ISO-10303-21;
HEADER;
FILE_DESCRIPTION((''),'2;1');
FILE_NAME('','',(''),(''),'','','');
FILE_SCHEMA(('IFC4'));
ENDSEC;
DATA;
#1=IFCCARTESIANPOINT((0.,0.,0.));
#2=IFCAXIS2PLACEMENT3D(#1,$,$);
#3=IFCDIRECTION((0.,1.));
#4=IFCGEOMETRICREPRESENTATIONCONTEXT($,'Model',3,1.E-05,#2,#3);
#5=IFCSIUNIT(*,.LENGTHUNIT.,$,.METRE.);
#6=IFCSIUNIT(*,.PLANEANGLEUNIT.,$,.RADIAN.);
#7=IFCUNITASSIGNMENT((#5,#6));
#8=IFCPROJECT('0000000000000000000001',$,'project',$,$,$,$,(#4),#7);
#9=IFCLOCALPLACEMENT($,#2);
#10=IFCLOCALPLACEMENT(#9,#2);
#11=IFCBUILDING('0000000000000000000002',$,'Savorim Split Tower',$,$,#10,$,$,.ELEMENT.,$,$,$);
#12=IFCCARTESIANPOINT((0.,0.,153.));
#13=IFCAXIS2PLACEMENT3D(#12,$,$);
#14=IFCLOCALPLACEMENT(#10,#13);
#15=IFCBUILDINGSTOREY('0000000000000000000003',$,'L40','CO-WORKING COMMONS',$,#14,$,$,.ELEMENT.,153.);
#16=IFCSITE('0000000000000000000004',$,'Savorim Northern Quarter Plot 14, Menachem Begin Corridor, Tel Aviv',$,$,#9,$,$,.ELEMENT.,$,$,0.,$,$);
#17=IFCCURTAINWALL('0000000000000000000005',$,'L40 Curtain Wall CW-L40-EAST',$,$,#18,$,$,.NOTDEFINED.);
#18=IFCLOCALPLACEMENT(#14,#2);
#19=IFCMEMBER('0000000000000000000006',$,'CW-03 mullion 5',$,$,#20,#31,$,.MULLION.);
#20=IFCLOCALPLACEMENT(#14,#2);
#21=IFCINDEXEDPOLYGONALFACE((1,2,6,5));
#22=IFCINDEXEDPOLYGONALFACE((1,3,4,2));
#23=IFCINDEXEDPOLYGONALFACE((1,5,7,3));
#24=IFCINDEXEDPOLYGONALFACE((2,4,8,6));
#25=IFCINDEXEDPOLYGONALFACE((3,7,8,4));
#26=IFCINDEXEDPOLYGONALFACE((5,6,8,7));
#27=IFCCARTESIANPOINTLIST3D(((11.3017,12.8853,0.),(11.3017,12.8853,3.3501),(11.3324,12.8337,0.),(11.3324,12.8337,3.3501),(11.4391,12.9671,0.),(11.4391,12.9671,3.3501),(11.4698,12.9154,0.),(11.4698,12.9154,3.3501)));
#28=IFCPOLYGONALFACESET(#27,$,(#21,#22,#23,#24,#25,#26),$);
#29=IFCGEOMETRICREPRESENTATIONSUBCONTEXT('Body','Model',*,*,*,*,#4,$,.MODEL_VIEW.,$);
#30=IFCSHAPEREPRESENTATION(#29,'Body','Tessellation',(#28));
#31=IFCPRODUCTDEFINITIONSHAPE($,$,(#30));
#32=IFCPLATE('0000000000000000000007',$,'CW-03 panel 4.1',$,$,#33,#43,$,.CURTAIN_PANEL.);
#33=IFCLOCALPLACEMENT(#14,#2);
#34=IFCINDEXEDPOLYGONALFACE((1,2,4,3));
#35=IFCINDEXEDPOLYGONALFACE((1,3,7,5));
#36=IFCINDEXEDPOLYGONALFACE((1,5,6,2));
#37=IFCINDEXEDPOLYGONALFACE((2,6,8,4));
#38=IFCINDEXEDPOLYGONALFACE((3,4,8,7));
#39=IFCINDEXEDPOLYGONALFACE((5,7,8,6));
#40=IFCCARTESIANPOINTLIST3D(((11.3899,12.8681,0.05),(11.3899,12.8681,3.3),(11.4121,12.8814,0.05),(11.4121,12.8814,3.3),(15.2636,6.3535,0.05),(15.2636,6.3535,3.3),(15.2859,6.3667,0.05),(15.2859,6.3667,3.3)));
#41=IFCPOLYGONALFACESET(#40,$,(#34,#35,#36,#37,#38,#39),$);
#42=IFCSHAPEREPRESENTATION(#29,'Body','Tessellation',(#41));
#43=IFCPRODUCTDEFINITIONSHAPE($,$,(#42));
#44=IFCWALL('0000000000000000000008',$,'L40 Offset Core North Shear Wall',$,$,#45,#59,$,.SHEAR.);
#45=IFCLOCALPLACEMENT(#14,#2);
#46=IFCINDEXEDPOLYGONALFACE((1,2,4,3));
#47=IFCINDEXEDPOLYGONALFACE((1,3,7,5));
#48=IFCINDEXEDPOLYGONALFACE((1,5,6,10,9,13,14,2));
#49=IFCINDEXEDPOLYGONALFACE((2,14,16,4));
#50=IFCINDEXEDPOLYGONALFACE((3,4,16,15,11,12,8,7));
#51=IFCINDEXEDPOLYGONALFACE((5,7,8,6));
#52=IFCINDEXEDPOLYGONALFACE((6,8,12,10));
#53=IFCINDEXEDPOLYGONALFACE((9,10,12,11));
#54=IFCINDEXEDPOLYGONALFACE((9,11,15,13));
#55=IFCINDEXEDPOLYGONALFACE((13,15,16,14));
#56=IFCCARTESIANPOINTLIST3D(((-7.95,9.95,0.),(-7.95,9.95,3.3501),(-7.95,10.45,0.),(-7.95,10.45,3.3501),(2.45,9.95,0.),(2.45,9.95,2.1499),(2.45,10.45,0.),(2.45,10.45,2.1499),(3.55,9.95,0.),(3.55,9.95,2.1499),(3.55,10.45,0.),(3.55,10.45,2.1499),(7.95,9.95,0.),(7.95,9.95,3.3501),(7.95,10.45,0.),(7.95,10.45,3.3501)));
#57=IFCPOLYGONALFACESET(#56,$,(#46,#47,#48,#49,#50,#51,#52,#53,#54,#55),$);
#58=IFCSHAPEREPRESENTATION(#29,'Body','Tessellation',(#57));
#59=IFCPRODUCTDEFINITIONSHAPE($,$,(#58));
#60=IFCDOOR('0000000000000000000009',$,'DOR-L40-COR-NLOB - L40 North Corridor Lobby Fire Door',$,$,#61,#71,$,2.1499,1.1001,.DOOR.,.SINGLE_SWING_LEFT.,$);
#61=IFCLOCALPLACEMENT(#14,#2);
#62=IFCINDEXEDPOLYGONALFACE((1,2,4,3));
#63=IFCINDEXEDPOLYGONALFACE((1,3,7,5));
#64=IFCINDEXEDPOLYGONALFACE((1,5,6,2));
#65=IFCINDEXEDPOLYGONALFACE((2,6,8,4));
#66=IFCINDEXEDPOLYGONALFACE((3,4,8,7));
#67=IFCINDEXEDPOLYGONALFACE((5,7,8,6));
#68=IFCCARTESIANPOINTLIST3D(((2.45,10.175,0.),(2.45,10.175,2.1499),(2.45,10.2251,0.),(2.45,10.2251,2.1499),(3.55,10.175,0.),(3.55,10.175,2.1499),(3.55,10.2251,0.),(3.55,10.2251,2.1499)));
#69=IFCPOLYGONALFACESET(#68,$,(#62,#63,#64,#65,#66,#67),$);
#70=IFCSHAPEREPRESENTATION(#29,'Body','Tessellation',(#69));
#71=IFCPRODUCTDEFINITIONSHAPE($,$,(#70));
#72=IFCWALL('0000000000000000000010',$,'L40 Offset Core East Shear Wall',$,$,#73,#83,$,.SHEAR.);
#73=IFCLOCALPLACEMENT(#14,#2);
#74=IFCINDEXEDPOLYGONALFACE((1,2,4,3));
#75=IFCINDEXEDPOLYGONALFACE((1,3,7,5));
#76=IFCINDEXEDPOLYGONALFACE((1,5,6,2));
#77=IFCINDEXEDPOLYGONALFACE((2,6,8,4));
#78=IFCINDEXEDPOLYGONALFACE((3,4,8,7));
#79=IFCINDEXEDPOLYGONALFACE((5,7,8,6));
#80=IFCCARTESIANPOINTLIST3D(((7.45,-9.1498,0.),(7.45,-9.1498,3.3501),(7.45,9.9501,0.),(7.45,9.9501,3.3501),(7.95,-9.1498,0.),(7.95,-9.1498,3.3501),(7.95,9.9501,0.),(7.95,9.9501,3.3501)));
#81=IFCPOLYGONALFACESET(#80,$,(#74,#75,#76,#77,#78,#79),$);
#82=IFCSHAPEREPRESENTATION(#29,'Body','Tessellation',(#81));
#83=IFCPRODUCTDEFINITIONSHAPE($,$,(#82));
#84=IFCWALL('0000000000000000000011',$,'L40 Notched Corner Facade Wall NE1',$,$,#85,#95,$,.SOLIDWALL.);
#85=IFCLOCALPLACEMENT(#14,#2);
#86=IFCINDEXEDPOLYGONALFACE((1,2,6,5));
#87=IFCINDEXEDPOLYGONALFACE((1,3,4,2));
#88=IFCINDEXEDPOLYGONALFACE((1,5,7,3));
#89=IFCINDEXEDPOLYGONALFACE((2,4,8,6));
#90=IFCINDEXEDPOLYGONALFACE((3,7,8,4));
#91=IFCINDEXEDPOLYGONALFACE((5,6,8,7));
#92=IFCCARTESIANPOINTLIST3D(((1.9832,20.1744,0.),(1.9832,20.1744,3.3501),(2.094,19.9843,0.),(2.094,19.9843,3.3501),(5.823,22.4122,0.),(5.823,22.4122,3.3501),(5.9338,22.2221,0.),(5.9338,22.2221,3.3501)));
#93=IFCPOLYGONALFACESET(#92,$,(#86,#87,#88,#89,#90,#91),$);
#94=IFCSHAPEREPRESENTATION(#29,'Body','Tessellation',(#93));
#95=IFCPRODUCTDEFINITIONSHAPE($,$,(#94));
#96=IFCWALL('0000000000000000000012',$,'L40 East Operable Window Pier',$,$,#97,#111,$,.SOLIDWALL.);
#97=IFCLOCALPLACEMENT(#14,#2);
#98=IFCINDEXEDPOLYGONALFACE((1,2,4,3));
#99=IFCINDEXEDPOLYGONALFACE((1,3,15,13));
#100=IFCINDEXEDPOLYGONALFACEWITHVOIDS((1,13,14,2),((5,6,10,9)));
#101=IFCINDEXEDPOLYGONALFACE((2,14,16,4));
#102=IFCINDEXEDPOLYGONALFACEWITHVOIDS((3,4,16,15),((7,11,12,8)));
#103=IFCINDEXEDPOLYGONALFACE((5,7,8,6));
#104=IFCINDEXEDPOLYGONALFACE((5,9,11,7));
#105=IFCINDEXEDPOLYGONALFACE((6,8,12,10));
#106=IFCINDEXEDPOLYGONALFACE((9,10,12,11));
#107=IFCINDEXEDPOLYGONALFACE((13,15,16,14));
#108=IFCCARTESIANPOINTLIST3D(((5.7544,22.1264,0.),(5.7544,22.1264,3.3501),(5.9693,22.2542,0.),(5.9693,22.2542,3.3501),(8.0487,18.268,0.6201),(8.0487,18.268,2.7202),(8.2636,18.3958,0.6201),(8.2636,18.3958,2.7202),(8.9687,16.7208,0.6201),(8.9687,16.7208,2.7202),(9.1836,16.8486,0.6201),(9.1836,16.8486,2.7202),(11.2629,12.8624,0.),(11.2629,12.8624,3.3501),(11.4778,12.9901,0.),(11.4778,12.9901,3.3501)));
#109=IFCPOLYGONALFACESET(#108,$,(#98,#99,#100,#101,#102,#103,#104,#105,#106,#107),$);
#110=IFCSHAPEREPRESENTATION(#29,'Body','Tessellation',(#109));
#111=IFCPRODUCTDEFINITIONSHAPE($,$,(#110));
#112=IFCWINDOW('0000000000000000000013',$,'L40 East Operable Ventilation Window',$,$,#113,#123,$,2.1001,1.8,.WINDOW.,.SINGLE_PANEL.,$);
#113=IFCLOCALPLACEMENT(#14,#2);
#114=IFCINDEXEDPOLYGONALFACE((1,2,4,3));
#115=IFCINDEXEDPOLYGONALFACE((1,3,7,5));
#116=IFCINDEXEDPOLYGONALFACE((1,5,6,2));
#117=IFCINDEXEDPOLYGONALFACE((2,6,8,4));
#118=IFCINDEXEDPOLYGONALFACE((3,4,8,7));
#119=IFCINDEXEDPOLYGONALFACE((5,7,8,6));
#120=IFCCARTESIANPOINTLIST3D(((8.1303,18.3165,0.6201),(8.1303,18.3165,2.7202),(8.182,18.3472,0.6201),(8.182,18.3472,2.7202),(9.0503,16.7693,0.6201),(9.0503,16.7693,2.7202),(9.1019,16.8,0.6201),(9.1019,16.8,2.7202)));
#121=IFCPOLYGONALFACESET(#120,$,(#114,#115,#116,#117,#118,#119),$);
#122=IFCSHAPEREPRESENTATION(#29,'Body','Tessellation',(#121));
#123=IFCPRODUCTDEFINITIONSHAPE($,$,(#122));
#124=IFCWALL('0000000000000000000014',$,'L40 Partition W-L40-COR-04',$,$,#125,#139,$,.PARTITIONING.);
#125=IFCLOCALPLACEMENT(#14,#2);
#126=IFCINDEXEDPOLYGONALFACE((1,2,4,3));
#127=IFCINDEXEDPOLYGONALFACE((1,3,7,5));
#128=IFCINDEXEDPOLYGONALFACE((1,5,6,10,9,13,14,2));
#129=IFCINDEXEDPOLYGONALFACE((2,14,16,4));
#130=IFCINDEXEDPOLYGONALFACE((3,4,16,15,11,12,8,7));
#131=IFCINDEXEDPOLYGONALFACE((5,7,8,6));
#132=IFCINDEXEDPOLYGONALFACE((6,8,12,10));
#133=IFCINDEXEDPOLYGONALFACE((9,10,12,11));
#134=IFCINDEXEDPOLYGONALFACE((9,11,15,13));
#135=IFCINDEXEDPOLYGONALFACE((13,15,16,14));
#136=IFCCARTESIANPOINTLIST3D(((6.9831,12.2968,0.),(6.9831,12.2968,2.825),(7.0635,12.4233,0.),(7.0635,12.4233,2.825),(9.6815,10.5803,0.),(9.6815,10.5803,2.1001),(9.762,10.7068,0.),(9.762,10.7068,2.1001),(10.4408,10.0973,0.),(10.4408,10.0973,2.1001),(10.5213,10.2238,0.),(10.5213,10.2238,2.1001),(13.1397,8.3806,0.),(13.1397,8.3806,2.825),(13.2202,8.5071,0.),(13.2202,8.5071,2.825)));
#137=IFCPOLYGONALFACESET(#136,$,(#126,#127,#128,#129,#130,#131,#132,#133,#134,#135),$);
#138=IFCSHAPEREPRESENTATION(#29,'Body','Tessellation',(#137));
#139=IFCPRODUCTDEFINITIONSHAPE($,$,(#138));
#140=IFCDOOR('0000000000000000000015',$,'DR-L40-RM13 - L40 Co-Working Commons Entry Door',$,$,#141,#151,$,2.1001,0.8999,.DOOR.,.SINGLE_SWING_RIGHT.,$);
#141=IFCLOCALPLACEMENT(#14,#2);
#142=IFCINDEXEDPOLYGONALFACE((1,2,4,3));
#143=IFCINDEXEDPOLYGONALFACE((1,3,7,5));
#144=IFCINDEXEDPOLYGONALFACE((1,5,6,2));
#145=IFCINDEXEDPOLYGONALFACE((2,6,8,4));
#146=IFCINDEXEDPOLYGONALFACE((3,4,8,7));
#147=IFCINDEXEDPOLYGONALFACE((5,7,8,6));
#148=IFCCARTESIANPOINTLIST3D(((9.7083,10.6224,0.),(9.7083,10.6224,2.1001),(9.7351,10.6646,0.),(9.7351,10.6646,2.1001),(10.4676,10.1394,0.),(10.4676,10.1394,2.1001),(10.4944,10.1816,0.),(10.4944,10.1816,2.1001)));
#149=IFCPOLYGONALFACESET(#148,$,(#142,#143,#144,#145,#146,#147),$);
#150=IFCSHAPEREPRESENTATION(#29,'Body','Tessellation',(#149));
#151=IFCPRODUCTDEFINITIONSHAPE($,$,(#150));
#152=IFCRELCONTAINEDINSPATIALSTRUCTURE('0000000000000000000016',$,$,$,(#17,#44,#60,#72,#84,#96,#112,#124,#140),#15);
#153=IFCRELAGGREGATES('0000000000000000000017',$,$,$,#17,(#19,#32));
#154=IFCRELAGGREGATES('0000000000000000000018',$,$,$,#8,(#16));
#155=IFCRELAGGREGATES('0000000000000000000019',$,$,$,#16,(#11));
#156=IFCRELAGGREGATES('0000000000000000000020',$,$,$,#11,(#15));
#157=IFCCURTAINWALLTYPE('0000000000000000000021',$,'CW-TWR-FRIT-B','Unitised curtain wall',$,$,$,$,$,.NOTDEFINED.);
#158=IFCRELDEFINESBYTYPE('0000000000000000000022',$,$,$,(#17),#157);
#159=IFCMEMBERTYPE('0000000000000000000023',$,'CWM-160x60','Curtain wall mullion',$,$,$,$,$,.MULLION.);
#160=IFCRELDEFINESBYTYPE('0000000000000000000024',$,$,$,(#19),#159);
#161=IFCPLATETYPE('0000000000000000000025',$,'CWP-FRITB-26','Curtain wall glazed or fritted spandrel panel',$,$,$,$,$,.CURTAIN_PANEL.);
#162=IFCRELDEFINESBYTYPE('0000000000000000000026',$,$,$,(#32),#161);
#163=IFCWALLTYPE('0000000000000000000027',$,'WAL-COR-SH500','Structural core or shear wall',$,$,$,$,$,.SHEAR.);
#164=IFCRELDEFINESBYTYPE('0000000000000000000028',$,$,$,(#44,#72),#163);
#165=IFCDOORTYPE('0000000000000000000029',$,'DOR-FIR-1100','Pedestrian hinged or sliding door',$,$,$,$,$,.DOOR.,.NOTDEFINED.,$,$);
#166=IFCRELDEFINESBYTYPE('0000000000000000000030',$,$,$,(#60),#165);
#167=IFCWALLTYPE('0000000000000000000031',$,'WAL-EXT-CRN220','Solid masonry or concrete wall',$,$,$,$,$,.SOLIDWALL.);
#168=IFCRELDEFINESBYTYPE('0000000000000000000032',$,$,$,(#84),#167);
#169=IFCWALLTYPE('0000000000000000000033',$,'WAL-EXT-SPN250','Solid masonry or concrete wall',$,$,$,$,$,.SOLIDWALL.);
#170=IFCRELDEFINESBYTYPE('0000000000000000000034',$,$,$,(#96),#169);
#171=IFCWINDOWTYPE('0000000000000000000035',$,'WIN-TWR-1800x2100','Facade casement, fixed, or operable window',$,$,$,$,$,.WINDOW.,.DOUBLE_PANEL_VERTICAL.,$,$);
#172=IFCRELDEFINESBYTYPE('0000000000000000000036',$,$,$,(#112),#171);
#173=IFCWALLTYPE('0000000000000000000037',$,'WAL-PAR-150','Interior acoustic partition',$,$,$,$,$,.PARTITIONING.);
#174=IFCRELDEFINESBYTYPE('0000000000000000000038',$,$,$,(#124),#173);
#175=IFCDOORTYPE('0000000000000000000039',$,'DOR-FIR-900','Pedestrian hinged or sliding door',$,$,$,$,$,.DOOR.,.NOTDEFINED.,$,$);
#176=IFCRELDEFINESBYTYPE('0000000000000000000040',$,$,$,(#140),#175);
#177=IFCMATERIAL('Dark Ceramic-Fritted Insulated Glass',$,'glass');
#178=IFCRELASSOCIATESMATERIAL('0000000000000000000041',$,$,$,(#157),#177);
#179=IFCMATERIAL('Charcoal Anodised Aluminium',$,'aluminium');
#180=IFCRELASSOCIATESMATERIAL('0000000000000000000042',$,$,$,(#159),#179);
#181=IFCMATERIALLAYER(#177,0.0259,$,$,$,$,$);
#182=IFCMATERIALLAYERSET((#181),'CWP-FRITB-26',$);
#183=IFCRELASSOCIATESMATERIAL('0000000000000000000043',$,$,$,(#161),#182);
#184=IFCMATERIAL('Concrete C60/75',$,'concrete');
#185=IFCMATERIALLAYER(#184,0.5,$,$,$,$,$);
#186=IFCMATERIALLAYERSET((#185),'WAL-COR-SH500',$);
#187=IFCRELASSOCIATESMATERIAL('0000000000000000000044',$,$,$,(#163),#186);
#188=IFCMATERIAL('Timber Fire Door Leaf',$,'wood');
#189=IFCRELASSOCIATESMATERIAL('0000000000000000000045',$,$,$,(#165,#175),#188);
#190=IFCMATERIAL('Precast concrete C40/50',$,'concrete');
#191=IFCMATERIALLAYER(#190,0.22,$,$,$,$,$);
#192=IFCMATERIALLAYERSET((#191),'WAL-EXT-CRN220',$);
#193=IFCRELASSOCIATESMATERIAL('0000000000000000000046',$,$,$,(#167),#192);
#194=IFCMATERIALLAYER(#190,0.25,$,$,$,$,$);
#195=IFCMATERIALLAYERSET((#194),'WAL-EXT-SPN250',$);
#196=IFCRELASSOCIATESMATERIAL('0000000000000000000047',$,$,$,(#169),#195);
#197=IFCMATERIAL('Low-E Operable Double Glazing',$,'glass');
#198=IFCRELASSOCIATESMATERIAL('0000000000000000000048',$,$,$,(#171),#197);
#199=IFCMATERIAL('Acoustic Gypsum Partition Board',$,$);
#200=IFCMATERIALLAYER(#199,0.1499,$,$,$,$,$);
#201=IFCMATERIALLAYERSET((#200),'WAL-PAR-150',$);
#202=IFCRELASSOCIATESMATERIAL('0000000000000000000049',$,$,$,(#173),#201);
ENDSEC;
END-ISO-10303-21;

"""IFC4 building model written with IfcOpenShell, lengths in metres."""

from ifc_helpers import new_model, si_unit, direction, frame, frame_2d, origin, origin_2d, place, context, subcontext, project, spatial, rectangle, extrude, material, layer, layer_set, material_profile, profile_set, type_object, element, fill, aggregate, save


model = new_model("IFC4")

# Units and contexts
model_context = context("Model", 3, precision=1e-05, world=origin(), true_north=direction((0.0, 1.0)))
body_context = subcontext(model_context, "Body", "Model", "MODEL_VIEW")
ifc_project = project(units=[si_unit("LENGTHUNIT", "METRE"), si_unit("PLANEANGLEUNIT", "RADIAN")], contexts=[model_context])

# Site, building, storey
site_placement = place(None, origin())
site = spatial("IfcSite", under=ifc_project, at=site_placement, Name="Savorim Northern Quarter Plot 14, Menachem Begin Corridor, Tel Aviv", CompositionType="ELEMENT", RefElevation=0.0)
building_placement = place(site_placement, origin())
building = spatial("IfcBuilding", under=site, at=building_placement, Name="Savorim Split Tower", CompositionType="ELEMENT")
storey_placement = place(building_placement, frame((0.0, 0.0, 153.0)))
storey = spatial("IfcBuildingStorey", under=building, at=storey_placement, Name="L40", Description="CO-WORKING COMMONS", CompositionType="ELEMENT", Elevation=153.0)

# Curtain wall, member, plate
ifc_material_1 = material(Name="Dark Ceramic-Fritted Insulated Glass", Category="glass")
curtain_wall_type = type_object("IfcCurtainWallType", Name="CW-TWR-FRIT-B", Description="Unitised curtain wall", PredefinedType="NOTDEFINED", material=ifc_material_1)
curtain_wall_placement = place(storey_placement, origin())
curtain_wall = element("IfcCurtainWall", 1, at=curtain_wall_placement, inside=storey, type_object=curtain_wall_type, Name="L40 Curtain Wall CW-L40-EAST", PredefinedType="NOTDEFINED")
ifc_material_2 = material(Name="Charcoal Anodised Aluminium", Category="aluminium")
ifc_material_profile_1 = material_profile(ifc_material_2, rectangle(XDim=0.1599, YDim=0.0601, at=origin_2d()), Name="ALU-M 160x60")
ifc_profile_set_1 = profile_set([ifc_material_profile_1], Name="Charcoal Anodised Aluminium")
member_type = type_object("IfcMemberType", Name="CWM-160x60", Description="Curtain wall mullion", PredefinedType="MULLION", material=ifc_profile_set_1)
member_placement = place(storey_placement, frame((11.3857, 12.9004, 0.0), z_axis=(0.0, 0.0, 1.0), x_axis=(-0.859526, -0.511091, 0.0)))
member = element("IfcMember", 2, at=member_placement, type_object=member_type, Name="CW-03 mullion 5", PredefinedType="MULLION", context=body_context, shape_type="SweptSolid", body=[
    extrude(rectangle(XDim=0.1599, YDim=0.0601, at=origin_2d()), origin(), (0.0, 0.0, 1.0), 3.3501),
])
ifc_layer_1 = layer(ifc_material_1, 0.0259)
ifc_layer_set_1 = layer_set([ifc_layer_1], Name="CWP-FRITB-26")
plate_type = type_object("IfcPlateType", Name="CWP-FRITB-26", Description="Curtain wall glazed or fritted spandrel panel", PredefinedType="CURTAIN_PANEL", material=ifc_layer_set_1)
plate_placement = place(storey_placement, frame((13.3379, 9.6174, 0.05), z_axis=(0.0, 0.0, 1.0), x_axis=(-0.511091, 0.859526, 0.0)))
plate = element("IfcPlate", 3, at=plate_placement, type_object=plate_type, Name="CW-03 panel 4.1", PredefinedType="CURTAIN_PANEL", context=body_context, shape_type="SweptSolid", body=[
    extrude(rectangle(XDim=7.5793, YDim=0.0259, at=origin_2d()), origin(), (0.0, 0.0, 1.0), 3.25),
])
aggregate(curtain_wall, [member, plate])

# Wall, opening, door
ifc_material_3 = material(Name="Concrete C60/75", Category="concrete")
ifc_layer_2 = layer(ifc_material_3, 0.5)
ifc_layer_set_2 = layer_set([ifc_layer_2], Name="WAL-COR-SH500")
wall_type_1 = type_object("IfcWallType", Name="WAL-COR-SH500", Description="Structural core or shear wall", PredefinedType="SHEAR", material=ifc_layer_set_2)
wall_1_placement = place(storey_placement, frame((7.95, 10.2, 0.0), z_axis=(0.0, 0.0, 1.0), x_axis=(-1.0, 0.0, 0.0)))
wall_1 = element("IfcWall", 4, at=wall_1_placement, inside=storey, type_object=wall_type_1, Name="L40 Offset Core North Shear Wall", PredefinedType="SHEAR", context=body_context, shape_type="SweptSolid", body=[
    extrude(rectangle(XDim=15.8999, YDim=0.5, at=frame_2d((7.95, 0.0))), origin(), (0.0, 0.0, 1.0), 3.3501),
])
opening_1_placement = place(wall_1_placement, frame((4.3999, 0.0, 0.0)))
opening_1 = element("IfcOpeningElement", 5, at=opening_1_placement, cuts=wall_1, PredefinedType="OPENING", context=body_context, shape_type="SweptSolid", body=[
    extrude(rectangle(XDim=1.1001, YDim=2.1499, at=frame_2d((0.55, 1.075))), frame((0.0, 0.26, 0.0), z_axis=(0.0, -1.0, 0.0), x_axis=(1.0, 0.0, 0.0)), (0.0, 0.0, 1.0), 0.52),
])
ifc_material_4 = material(Name="Timber Fire Door Leaf", Category="wood")
door_type_1 = type_object("IfcDoorType", Name="DOR-FIR-1100", Description="Pedestrian hinged or sliding door", OperationType="NOTDEFINED", PredefinedType="DOOR", material=ifc_material_4)
door_1_placement = place(opening_1_placement, origin())
door_1 = element("IfcDoor", 6, at=door_1_placement, inside=storey, type_object=door_type_1, Name="DOR-L40-COR-NLOB - L40 North Corridor Lobby Fire Door", OperationType="SINGLE_SWING_LEFT", OverallHeight=2.1499, OverallWidth=1.1001, PredefinedType="DOOR", context=body_context, shape_type="SweptSolid", body=[
    extrude(rectangle(XDim=1.1001, YDim=2.1499, at=frame_2d((0.55, 1.075))), frame((0.0, 0.0249, 0.0), z_axis=(0.0, -1.0, 0.0), x_axis=(1.0, 0.0, 0.0)), (0.0, 0.0, 1.0), 0.05),
])
fill(opening_1, door_1)

# Walls
wall_2_placement = place(storey_placement, frame((7.7, 9.95, 0.0), z_axis=(0.0, 0.0, 1.0), x_axis=(0.0, -1.0, 0.0)))
element("IfcWall", 7, at=wall_2_placement, inside=storey, type_object=wall_type_1, Name="L40 Offset Core East Shear Wall", PredefinedType="SHEAR", context=body_context, shape_type="SweptSolid", body=[
    extrude(rectangle(XDim=19.0999, YDim=0.5, at=frame_2d((9.5498, 0.0))), origin(), (0.0, 0.0, 1.0), 3.3501),
])
ifc_material_5 = material(Name="Precast concrete C40/50", Category="concrete")
ifc_layer_3 = layer(ifc_material_5, 0.22)
ifc_layer_set_3 = layer_set([ifc_layer_3], Name="WAL-EXT-CRN220")
wall_type_2 = type_object("IfcWallType", Name="WAL-EXT-CRN220", Description="Solid masonry or concrete wall", PredefinedType="SOLIDWALL", material=ifc_layer_set_3)
wall_3_placement = place(storey_placement, frame((2.0386, 20.0793, 0.0), z_axis=(0.0, 0.0, 1.0), x_axis=(0.863986, 0.503516, 0.0)))
element("IfcWall", 8, at=wall_3_placement, inside=storey, type_object=wall_type_2, Name="L40 Notched Corner Facade Wall NE1", PredefinedType="SOLIDWALL", context=body_context, shape_type="SweptSolid", body=[
    extrude(rectangle(XDim=4.4443, YDim=0.22, at=frame_2d((2.2222, 0.0))), origin(), (0.0, 0.0, 1.0), 3.3501),
])

# Wall, opening, window
ifc_layer_4 = layer(ifc_material_5, 0.25)
ifc_layer_set_4 = layer_set([ifc_layer_4], Name="WAL-EXT-SPN250")
wall_type_3 = type_object("IfcWallType", Name="WAL-EXT-SPN250", Description="Solid masonry or concrete wall", PredefinedType="SOLIDWALL", material=ifc_layer_set_4)
wall_4_placement = place(storey_placement, frame((5.8618, 22.1904, 0.0), z_axis=(0.0, 0.0, 1.0), x_axis=(0.511084, -0.859531, 0.0)))
wall_4 = element("IfcWall", 9, at=wall_4_placement, inside=storey, type_object=wall_type_3, Name="L40 East Operable Window Pier", PredefinedType="SOLIDWALL", context=body_context, shape_type="SweptSolid", body=[
    extrude(rectangle(XDim=10.7781, YDim=0.25, at=frame_2d((5.3892, 0.0))), origin(), (0.0, 0.0, 1.0), 3.3501),
])
opening_2_placement = place(wall_4_placement, frame((4.4893, 0.0, 0.6201)))
opening_2 = element("IfcOpeningElement", 10, at=opening_2_placement, cuts=wall_4, PredefinedType="OPENING", context=body_context, shape_type="SweptSolid", body=[
    extrude(rectangle(XDim=1.8, YDim=2.1001, at=frame_2d((0.8999, 1.05))), frame((0.0, 0.135, 0.0), z_axis=(0.0, -1.0, 0.0), x_axis=(1.0, 0.0, 0.0)), (0.0, 0.0, 1.0), 0.27),
])
ifc_material_6 = material(Name="Low-E Operable Double Glazing", Category="glass")
window_type = type_object("IfcWindowType", Name="WIN-TWR-1800x2100", Description="Facade casement, fixed, or operable window", PartitioningType="DOUBLE_PANEL_VERTICAL", PredefinedType="WINDOW", material=ifc_material_6)
window_placement = place(opening_2_placement, origin())
window = element("IfcWindow", 11, at=window_placement, inside=storey, type_object=window_type, Name="L40 East Operable Ventilation Window", OverallHeight=2.1001, OverallWidth=1.8, PartitioningType="SINGLE_PANEL", PredefinedType="WINDOW", context=body_context, shape_type="SweptSolid", body=[
    extrude(rectangle(XDim=1.8, YDim=2.1001, at=frame_2d((0.8999, 1.05))), frame((0.0, 0.03, 0.0), z_axis=(0.0, -1.0, 0.0), x_axis=(1.0, 0.0, 0.0)), (0.0, 0.0, 1.0), 0.0601),
])
fill(opening_2, window)

# Wall, opening, door
ifc_material_7 = material(Name="Acoustic Gypsum Partition Board")
ifc_layer_5 = layer(ifc_material_7, 0.1499)
ifc_layer_set_5 = layer_set([ifc_layer_5], Name="WAL-PAR-150")
wall_type_4 = type_object("IfcWallType", Name="WAL-PAR-150", Description="Interior acoustic partition", PredefinedType="PARTITIONING", material=ifc_layer_set_5)
wall_5_placement = place(storey_placement, frame((7.0232, 12.3601, 0.0), z_axis=(0.0, 0.0, 1.0), x_axis=(0.843765, -0.536713, 0.0)))
wall_5 = element("IfcWall", 12, at=wall_5_placement, inside=storey, type_object=wall_type_4, Name="L40 Partition W-L40-COR-04", PredefinedType="PARTITIONING", context=body_context, shape_type="SweptSolid", body=[
    extrude(rectangle(XDim=7.2966, YDim=0.1499, at=frame_2d((3.6484, 0.0))), origin(), (0.0, 0.0, 1.0), 2.825),
])
opening_3_placement = place(wall_5_placement, frame((3.1982, 0.0, 0.0)))
opening_3 = element("IfcOpeningElement", 13, at=opening_3_placement, cuts=wall_5, PredefinedType="OPENING", context=body_context, shape_type="SweptSolid", body=[
    extrude(rectangle(XDim=0.8999, YDim=2.1001, at=frame_2d((0.45, 1.05))), frame((0.0, 0.085, 0.0), z_axis=(0.0, -1.0, 0.0), x_axis=(1.0, 0.0, 0.0)), (0.0, 0.0, 1.0), 0.1699),
])
door_type_2 = type_object("IfcDoorType", Name="DOR-FIR-900", Description="Pedestrian hinged or sliding door", OperationType="NOTDEFINED", PredefinedType="DOOR", material=ifc_material_4)
door_2_placement = place(opening_3_placement, origin())
door_2 = element("IfcDoor", 14, at=door_2_placement, inside=storey, type_object=door_type_2, Name="DR-L40-RM13 - L40 Co-Working Commons Entry Door", OperationType="SINGLE_SWING_RIGHT", OverallHeight=2.1001, OverallWidth=0.8999, PredefinedType="DOOR", context=body_context, shape_type="SweptSolid", body=[
    extrude(rectangle(XDim=0.8999, YDim=2.1001, at=frame_2d((0.45, 1.05))), frame((0.0, 0.0249, 0.0), z_axis=(0.0, -1.0, 0.0), x_axis=(1.0, 0.0, 0.0)), (0.0, 0.0, 1.0), 0.05),
])
fill(opening_3, door_2)

save(model, "model.ifc")
